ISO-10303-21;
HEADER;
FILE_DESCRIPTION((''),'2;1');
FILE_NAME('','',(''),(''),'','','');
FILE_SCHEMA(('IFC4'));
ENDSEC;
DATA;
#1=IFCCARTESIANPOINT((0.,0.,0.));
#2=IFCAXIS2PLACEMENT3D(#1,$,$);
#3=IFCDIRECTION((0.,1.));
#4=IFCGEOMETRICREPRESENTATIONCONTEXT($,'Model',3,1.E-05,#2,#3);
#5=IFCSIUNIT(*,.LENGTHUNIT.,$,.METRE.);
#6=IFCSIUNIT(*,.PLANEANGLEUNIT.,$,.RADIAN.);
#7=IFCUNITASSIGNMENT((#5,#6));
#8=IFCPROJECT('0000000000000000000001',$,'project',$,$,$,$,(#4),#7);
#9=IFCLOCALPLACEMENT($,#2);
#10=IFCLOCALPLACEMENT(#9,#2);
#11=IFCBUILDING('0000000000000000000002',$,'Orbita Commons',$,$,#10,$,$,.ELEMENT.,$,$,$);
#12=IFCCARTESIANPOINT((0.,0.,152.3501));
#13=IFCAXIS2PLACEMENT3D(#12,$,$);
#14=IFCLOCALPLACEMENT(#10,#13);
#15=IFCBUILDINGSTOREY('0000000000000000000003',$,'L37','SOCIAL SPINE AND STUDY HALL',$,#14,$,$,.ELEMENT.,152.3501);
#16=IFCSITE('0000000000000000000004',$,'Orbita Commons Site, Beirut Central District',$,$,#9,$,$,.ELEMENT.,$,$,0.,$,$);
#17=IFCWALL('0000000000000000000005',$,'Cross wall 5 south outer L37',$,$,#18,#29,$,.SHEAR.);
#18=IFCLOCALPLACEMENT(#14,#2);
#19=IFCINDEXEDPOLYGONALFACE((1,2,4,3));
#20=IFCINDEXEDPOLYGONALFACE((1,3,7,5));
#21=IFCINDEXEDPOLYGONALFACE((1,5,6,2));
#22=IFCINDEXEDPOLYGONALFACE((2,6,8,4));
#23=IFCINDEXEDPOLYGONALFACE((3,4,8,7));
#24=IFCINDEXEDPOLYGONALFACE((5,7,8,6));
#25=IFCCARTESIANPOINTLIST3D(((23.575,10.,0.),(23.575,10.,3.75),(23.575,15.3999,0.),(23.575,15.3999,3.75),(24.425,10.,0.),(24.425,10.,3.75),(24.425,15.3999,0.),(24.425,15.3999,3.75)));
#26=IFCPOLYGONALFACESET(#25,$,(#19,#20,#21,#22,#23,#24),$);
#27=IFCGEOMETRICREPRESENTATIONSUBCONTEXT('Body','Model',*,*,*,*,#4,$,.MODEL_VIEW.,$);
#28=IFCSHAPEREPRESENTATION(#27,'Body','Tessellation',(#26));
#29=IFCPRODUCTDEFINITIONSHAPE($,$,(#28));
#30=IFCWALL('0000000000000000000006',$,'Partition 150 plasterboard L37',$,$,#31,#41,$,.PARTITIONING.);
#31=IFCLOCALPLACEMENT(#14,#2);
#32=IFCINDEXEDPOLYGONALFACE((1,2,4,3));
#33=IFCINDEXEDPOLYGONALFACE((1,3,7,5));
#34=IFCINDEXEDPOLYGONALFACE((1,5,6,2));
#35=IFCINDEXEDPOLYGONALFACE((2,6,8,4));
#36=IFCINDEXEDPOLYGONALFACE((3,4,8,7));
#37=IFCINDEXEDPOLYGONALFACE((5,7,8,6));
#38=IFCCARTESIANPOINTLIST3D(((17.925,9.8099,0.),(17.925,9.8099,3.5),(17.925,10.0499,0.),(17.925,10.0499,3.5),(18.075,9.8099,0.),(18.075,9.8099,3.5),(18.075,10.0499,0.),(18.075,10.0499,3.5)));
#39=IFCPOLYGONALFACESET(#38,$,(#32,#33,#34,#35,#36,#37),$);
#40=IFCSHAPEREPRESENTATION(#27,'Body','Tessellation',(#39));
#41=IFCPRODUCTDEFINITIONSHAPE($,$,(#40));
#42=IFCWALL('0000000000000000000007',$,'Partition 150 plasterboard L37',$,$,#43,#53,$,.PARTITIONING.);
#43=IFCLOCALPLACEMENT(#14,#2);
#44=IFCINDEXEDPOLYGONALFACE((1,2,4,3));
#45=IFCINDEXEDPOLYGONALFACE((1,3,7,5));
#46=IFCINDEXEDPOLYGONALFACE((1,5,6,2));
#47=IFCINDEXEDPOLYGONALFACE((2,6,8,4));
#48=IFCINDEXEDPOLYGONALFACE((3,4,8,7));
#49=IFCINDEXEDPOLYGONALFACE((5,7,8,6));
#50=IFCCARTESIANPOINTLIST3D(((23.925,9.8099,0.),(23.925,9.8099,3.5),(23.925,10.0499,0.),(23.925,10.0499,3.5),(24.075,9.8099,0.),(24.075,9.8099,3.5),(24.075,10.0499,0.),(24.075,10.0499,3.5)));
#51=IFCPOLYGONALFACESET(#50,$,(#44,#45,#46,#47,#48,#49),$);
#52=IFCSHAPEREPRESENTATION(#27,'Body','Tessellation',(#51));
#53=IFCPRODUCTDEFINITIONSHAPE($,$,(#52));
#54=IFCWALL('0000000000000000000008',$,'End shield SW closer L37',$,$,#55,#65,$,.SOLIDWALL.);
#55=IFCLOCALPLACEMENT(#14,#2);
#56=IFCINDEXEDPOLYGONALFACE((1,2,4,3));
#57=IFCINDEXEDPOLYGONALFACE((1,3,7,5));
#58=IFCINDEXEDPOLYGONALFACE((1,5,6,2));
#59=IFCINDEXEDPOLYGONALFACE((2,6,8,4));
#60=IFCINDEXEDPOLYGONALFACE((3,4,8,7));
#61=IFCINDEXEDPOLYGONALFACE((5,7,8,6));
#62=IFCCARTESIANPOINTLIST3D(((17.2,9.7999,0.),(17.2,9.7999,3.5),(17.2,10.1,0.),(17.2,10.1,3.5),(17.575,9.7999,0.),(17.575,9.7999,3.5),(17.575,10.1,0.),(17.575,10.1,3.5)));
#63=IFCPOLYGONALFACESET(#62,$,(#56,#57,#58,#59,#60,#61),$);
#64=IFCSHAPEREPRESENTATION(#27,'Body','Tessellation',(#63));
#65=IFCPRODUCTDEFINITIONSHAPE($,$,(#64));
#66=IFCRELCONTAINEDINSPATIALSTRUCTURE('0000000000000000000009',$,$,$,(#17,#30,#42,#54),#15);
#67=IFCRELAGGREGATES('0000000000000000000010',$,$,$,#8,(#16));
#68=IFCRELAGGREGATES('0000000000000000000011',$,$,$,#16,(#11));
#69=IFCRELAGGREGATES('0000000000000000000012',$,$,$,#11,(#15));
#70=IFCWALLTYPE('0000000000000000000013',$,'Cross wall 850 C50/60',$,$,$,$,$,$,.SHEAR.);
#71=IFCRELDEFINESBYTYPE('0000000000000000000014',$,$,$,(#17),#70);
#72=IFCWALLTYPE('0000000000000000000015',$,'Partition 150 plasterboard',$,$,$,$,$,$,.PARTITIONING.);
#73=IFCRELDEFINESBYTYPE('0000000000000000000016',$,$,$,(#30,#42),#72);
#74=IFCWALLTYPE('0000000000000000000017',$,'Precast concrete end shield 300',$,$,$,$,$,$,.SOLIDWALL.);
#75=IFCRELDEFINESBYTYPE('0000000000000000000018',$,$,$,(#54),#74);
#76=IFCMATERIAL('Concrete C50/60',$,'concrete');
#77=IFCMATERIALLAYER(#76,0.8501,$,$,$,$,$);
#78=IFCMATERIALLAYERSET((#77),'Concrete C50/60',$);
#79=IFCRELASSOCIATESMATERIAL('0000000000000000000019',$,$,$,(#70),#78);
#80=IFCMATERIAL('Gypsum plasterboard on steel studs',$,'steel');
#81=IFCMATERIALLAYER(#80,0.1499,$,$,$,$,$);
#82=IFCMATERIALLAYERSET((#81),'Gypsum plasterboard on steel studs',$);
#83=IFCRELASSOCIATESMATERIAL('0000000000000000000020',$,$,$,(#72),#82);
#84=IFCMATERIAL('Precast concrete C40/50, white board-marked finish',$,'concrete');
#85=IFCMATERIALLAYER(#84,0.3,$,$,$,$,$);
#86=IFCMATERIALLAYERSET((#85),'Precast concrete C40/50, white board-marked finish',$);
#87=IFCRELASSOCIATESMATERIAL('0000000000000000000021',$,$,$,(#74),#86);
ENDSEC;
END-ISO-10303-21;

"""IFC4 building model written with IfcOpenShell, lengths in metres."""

from ifc_helpers import new_model, si_unit, direction, frame, frame_2d, origin, place, context, subcontext, project, spatial, rectangle, extrude, material, layer, layer_set, type_object, element, save


model = new_model("IFC4")

# Units and contexts
model_context = context("Model", 3, precision=1e-05, world=origin(), true_north=direction((0.0, 1.0)))
body_context = subcontext(model_context, "Body", "Model", "MODEL_VIEW")
ifc_project = project(units=[si_unit("LENGTHUNIT", "METRE"), si_unit("PLANEANGLEUNIT", "RADIAN")], contexts=[model_context])

# Site, building, storey
site_placement = place(None, origin())
site = spatial("IfcSite", under=ifc_project, at=site_placement, Name="Orbita Commons Site, Beirut Central District", CompositionType="ELEMENT", RefElevation=0.0)
building_placement = place(site_placement, origin())
building = spatial("IfcBuilding", under=site, at=building_placement, Name="Orbita Commons", CompositionType="ELEMENT")
storey_placement = place(building_placement, frame((0.0, 0.0, 152.3501)))
storey = spatial("IfcBuildingStorey", under=building, at=storey_placement, Name="L37", Description="SOCIAL SPINE AND STUDY HALL", CompositionType="ELEMENT", Elevation=152.3501)

# Walls
ifc_material_1 = material(Name="Concrete C50/60", Category="concrete")
ifc_layer_1 = layer(ifc_material_1, 0.8501)
ifc_layer_set_1 = layer_set([ifc_layer_1], Name="Concrete C50/60")
wall_type_1 = type_object("IfcWallType", Name="Cross wall 850 C50/60", PredefinedType="SHEAR", material=ifc_layer_set_1)
for number, where, z_axis, x_axis, name in (
    (1, (24.0, 10.0, 0.0), (0.0, 0.0, 1.0), (0.0, 1.0, 0.0), "Cross wall 5 south outer L37"),
):
    element("IfcWall", number, at=place(storey_placement, frame(where, z_axis=z_axis, x_axis=x_axis)), inside=storey, type_object=wall_type_1, Name=name, PredefinedType="SHEAR", context=body_context, shape_type="SweptSolid", body=[
        extrude(rectangle(XDim=5.3999, YDim=0.8501, at=frame_2d((2.7, 0.0))), origin(), (0.0, 0.0, 1.0), 3.75),
    ])
ifc_material_2 = material(Name="Gypsum plasterboard on steel studs", Category="steel")
ifc_layer_2 = layer(ifc_material_2, 0.1499)
ifc_layer_set_2 = layer_set([ifc_layer_2], Name="Gypsum plasterboard on steel studs")
wall_type_2 = type_object("IfcWallType", Name="Partition 150 plasterboard", PredefinedType="PARTITIONING", material=ifc_layer_set_2)
for number, where, z_axis, x_axis, name in (
    (2, (18.0, 10.05, 0.0), (0.0, 0.0, 1.0), (0.0, -1.0, 0.0), "Partition 150 plasterboard L37"),
    (3, (24.0, 10.05, 0.0), (0.0, 0.0, 1.0), (0.0, -1.0, 0.0), "Partition 150 plasterboard L37"),
):
    element("IfcWall", number, at=place(storey_placement, frame(where, z_axis=z_axis, x_axis=x_axis)), inside=storey, type_object=wall_type_2, Name=name, PredefinedType="PARTITIONING", context=body_context, shape_type="SweptSolid", body=[
        extrude(rectangle(XDim=0.24, YDim=0.1499, at=frame_2d((0.1201, 0.0))), origin(), (0.0, 0.0, 1.0), 3.5),
    ])
ifc_material_3 = material(Name="Precast concrete C40/50, white board-marked finish", Category="concrete")
ifc_layer_3 = layer(ifc_material_3, 0.3)
ifc_layer_set_3 = layer_set([ifc_layer_3], Name="Precast concrete C40/50, white board-marked finish")
wall_type_3 = type_object("IfcWallType", Name="Precast concrete end shield 300", PredefinedType="SOLIDWALL", material=ifc_layer_set_3)
wall_placement = place(storey_placement, frame((17.2, 9.95, 0.0), z_axis=(0.0, 0.0, 1.0), x_axis=(1.0, 0.0, 0.0)))
element("IfcWall", 4, at=wall_placement, inside=storey, type_object=wall_type_3, Name="End shield SW closer L37", PredefinedType="SOLIDWALL", context=body_context, shape_type="SweptSolid", body=[
    extrude(rectangle(XDim=0.375, YDim=0.3, at=frame_2d((0.1875, 0.0))), origin(), (0.0, 0.0, 1.0), 3.5),
])

save(model, "model.ifc")
